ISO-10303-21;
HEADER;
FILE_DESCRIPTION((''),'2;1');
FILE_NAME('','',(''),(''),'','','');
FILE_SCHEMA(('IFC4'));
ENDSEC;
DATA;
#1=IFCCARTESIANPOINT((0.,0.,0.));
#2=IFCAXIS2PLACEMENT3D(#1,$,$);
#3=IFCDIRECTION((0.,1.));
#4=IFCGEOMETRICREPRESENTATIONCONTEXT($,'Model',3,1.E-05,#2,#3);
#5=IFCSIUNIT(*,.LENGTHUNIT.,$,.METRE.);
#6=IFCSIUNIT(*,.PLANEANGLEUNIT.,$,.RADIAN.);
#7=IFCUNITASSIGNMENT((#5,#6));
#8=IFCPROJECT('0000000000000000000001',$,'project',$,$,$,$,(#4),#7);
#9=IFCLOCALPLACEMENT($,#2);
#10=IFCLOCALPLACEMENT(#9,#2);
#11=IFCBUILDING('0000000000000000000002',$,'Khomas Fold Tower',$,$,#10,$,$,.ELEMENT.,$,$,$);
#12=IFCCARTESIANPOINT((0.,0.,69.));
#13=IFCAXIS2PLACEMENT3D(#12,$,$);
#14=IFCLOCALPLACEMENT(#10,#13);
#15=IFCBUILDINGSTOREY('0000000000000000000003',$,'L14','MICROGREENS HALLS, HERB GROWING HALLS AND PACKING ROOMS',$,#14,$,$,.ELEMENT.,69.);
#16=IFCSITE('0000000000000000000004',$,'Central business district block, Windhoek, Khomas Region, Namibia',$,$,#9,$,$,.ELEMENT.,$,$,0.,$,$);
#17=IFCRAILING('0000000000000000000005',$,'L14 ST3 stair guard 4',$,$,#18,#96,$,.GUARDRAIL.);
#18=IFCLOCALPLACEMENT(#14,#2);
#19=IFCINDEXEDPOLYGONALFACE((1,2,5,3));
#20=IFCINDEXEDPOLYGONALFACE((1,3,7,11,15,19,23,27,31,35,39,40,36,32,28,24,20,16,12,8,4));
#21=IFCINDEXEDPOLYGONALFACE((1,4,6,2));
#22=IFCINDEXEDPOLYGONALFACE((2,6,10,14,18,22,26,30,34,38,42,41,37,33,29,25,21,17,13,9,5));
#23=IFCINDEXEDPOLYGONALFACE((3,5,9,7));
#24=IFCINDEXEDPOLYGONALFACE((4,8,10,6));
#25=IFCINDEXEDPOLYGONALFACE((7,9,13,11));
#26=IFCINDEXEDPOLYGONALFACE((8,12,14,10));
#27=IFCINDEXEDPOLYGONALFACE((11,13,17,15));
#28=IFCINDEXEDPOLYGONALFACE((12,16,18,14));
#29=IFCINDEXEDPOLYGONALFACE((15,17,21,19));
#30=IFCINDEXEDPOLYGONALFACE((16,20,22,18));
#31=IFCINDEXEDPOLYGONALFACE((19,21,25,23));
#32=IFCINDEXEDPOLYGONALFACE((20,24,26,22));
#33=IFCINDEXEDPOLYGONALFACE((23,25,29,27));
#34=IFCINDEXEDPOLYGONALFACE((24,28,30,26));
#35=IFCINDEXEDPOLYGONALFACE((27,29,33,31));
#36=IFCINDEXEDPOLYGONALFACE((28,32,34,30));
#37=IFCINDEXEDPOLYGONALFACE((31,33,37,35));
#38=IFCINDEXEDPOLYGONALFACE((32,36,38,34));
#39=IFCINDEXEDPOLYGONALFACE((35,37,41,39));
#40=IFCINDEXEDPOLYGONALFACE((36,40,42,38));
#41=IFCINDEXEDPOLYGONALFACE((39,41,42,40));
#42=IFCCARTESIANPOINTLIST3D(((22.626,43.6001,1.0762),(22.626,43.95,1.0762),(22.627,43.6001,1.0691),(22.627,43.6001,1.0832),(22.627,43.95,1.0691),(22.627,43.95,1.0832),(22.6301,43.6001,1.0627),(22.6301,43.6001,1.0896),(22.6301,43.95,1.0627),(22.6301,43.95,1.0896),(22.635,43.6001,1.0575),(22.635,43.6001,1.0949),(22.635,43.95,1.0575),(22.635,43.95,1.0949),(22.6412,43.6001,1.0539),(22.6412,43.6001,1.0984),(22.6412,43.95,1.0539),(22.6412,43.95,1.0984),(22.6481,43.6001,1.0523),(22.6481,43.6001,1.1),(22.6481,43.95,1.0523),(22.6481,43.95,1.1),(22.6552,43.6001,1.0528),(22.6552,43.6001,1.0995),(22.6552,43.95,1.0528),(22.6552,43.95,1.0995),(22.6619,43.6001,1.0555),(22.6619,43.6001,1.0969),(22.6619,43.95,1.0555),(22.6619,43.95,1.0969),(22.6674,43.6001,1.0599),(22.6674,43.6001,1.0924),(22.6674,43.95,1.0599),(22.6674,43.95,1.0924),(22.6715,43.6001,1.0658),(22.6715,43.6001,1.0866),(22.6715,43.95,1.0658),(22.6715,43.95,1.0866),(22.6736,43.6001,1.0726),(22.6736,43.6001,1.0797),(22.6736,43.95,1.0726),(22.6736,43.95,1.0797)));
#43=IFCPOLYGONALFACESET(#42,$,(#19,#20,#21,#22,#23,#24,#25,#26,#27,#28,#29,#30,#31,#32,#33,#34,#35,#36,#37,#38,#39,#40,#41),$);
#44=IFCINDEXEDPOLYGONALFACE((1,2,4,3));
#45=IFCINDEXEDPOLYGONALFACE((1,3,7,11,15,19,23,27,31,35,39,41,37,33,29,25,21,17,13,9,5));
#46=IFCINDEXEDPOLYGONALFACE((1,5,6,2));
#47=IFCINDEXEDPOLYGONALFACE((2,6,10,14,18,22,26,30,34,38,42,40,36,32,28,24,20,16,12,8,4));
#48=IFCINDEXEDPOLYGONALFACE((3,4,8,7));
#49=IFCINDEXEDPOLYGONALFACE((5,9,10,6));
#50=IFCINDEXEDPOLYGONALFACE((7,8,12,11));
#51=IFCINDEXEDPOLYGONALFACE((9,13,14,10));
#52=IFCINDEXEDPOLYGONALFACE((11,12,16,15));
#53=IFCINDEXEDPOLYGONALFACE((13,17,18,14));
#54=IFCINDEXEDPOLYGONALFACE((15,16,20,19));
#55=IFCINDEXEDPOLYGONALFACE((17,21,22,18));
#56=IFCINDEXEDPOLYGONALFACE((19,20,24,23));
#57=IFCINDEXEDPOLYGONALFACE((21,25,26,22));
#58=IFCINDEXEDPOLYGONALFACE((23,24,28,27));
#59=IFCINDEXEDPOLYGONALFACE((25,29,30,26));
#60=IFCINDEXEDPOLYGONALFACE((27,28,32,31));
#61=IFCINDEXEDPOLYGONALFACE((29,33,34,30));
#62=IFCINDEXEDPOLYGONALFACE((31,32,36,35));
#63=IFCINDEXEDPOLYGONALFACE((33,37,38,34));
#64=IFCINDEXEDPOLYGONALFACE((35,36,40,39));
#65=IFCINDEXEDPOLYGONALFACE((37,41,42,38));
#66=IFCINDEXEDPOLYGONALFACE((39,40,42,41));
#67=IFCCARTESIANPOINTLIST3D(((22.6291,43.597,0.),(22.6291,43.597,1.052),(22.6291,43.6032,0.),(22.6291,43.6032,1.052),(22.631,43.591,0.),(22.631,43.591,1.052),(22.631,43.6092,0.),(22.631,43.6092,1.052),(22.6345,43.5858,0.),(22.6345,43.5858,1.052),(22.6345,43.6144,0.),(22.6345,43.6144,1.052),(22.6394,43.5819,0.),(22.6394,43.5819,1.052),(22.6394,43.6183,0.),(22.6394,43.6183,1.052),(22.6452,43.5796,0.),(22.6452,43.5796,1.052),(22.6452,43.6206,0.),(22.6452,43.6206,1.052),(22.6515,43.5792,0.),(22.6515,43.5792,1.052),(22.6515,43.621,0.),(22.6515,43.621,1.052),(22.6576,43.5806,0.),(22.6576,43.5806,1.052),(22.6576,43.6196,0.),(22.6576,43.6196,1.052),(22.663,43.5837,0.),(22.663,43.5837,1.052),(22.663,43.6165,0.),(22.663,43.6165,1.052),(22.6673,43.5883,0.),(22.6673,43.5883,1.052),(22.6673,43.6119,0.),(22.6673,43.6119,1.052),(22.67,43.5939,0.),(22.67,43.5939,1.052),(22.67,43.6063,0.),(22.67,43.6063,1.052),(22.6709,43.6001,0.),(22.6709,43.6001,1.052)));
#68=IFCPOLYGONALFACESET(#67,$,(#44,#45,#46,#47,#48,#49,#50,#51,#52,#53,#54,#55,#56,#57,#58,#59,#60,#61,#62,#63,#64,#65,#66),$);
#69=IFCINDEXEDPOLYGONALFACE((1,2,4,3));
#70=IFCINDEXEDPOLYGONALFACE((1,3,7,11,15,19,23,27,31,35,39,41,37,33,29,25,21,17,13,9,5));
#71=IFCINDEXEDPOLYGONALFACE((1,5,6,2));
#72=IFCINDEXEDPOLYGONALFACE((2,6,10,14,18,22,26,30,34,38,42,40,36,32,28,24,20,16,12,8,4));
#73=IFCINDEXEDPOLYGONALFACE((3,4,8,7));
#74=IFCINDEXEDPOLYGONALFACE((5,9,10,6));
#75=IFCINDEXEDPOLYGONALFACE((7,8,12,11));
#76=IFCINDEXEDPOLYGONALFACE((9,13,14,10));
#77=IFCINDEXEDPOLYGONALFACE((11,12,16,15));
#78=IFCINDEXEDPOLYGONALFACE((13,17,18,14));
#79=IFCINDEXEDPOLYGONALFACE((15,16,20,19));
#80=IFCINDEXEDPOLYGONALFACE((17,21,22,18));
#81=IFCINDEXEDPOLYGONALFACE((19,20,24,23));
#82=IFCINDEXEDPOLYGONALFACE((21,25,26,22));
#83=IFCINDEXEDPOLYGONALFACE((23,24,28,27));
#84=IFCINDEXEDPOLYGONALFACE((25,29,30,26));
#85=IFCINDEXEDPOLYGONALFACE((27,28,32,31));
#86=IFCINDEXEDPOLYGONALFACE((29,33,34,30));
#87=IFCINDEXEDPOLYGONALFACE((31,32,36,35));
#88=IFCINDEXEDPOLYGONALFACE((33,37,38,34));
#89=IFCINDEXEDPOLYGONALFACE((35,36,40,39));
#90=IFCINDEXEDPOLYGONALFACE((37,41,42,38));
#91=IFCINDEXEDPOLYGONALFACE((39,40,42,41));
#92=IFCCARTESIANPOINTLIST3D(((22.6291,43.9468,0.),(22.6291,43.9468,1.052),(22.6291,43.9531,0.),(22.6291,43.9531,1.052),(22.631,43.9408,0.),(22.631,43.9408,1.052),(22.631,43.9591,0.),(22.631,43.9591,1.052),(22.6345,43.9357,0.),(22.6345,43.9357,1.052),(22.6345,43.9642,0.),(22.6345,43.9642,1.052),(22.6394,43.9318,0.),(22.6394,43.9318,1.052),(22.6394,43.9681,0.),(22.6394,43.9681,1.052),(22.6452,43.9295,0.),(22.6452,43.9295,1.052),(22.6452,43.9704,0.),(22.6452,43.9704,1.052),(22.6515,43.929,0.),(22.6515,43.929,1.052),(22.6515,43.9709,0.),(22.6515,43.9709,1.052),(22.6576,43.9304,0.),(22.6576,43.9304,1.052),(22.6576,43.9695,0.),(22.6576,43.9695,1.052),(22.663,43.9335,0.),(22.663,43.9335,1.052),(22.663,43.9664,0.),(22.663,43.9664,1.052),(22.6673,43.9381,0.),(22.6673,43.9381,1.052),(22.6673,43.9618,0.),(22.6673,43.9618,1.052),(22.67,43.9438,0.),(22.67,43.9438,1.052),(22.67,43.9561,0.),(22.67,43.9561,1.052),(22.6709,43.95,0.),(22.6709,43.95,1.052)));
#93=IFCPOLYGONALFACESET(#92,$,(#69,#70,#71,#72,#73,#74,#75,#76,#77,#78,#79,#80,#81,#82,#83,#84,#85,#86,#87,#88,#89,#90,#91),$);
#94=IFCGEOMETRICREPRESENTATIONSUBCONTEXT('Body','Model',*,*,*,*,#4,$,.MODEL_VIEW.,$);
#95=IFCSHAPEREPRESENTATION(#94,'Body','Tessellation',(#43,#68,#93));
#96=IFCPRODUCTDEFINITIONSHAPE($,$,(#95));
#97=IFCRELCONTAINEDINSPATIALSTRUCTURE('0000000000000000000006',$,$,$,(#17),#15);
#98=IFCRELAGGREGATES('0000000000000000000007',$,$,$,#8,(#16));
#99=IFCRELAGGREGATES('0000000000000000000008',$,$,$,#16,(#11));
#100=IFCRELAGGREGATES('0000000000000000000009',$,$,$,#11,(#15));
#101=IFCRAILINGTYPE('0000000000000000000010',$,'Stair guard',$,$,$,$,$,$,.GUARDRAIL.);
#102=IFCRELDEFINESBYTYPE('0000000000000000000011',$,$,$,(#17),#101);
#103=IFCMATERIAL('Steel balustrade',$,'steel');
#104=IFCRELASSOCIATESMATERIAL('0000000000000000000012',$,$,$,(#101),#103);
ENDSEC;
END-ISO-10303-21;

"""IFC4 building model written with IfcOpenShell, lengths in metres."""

from ifc_helpers import new_model, si_unit, direction, frame, origin, origin_2d, place, context, subcontext, project, spatial, circle, extrude, source, transform, mapped, material, type_object, element, save


model = new_model("IFC4")

# Units and contexts
model_context = context("Model", 3, precision=1e-05, world=origin(), true_north=direction((0.0, 1.0)))
body_context = subcontext(model_context, "Body", "Model", "MODEL_VIEW")
ifc_project = project(units=[si_unit("LENGTHUNIT", "METRE"), si_unit("PLANEANGLEUNIT", "RADIAN")], contexts=[model_context])

# Site, building, storey
site_placement = place(None, origin())
site = spatial("IfcSite", under=ifc_project, at=site_placement, Name="Central business district block, Windhoek, Khomas Region, Namibia", CompositionType="ELEMENT", RefElevation=0.0)
building_placement = place(site_placement, origin())
building = spatial("IfcBuilding", under=site, at=building_placement, Name="Khomas Fold Tower", CompositionType="ELEMENT")
storey_placement = place(building_placement, frame((0.0, 0.0, 69.0)))
storey = spatial("IfcBuildingStorey", under=building, at=storey_placement, Name="L14", Description="MICROGREENS HALLS, HERB GROWING HALLS AND PACKING ROOMS", CompositionType="ELEMENT", Elevation=69.0)

# Railing
ifc_material_1 = material(Name="Steel balustrade", Category="steel")
railing_type_1 = type_object("IfcRailingType", Name="Stair guard", PredefinedType="GUARDRAIL", material=ifc_material_1)
shared_shape_1 = source(origin(), body_context, "Body", "SweptSolid", [
    extrude(circle(Radius=0.0239, at=origin_2d()), frame((0.0, 0.0, 1.0762), z_axis=(0.0, 1.0, 0.0), x_axis=(-1.0, 0.0, 0.0)), (0.0, 0.0, 1.0), 0.3499),
    extrude(circle(Radius=0.021, at=origin_2d()), origin(), (0.0, 0.0, 1.0), 1.052),
    extrude(circle(Radius=0.021, at=origin_2d()), frame((0.0, 0.3499, 0.0)), (0.0, 0.0, 1.0), 1.052),
])
for number, where, name in (
    (1, (22.6499, 43.6001, 0.0), "L14 ST3 stair guard 4"),
):
    element("IfcRailing", number, at=place(storey_placement, frame(where)), inside=storey, type_object=railing_type_1, Name=name, PredefinedType="GUARDRAIL", context=body_context, shape_type="MappedRepresentation", body=[
        mapped(shared_shape_1, transform((0.0, 0.0, 0.0))),
    ])

save(model, "model.ifc")
